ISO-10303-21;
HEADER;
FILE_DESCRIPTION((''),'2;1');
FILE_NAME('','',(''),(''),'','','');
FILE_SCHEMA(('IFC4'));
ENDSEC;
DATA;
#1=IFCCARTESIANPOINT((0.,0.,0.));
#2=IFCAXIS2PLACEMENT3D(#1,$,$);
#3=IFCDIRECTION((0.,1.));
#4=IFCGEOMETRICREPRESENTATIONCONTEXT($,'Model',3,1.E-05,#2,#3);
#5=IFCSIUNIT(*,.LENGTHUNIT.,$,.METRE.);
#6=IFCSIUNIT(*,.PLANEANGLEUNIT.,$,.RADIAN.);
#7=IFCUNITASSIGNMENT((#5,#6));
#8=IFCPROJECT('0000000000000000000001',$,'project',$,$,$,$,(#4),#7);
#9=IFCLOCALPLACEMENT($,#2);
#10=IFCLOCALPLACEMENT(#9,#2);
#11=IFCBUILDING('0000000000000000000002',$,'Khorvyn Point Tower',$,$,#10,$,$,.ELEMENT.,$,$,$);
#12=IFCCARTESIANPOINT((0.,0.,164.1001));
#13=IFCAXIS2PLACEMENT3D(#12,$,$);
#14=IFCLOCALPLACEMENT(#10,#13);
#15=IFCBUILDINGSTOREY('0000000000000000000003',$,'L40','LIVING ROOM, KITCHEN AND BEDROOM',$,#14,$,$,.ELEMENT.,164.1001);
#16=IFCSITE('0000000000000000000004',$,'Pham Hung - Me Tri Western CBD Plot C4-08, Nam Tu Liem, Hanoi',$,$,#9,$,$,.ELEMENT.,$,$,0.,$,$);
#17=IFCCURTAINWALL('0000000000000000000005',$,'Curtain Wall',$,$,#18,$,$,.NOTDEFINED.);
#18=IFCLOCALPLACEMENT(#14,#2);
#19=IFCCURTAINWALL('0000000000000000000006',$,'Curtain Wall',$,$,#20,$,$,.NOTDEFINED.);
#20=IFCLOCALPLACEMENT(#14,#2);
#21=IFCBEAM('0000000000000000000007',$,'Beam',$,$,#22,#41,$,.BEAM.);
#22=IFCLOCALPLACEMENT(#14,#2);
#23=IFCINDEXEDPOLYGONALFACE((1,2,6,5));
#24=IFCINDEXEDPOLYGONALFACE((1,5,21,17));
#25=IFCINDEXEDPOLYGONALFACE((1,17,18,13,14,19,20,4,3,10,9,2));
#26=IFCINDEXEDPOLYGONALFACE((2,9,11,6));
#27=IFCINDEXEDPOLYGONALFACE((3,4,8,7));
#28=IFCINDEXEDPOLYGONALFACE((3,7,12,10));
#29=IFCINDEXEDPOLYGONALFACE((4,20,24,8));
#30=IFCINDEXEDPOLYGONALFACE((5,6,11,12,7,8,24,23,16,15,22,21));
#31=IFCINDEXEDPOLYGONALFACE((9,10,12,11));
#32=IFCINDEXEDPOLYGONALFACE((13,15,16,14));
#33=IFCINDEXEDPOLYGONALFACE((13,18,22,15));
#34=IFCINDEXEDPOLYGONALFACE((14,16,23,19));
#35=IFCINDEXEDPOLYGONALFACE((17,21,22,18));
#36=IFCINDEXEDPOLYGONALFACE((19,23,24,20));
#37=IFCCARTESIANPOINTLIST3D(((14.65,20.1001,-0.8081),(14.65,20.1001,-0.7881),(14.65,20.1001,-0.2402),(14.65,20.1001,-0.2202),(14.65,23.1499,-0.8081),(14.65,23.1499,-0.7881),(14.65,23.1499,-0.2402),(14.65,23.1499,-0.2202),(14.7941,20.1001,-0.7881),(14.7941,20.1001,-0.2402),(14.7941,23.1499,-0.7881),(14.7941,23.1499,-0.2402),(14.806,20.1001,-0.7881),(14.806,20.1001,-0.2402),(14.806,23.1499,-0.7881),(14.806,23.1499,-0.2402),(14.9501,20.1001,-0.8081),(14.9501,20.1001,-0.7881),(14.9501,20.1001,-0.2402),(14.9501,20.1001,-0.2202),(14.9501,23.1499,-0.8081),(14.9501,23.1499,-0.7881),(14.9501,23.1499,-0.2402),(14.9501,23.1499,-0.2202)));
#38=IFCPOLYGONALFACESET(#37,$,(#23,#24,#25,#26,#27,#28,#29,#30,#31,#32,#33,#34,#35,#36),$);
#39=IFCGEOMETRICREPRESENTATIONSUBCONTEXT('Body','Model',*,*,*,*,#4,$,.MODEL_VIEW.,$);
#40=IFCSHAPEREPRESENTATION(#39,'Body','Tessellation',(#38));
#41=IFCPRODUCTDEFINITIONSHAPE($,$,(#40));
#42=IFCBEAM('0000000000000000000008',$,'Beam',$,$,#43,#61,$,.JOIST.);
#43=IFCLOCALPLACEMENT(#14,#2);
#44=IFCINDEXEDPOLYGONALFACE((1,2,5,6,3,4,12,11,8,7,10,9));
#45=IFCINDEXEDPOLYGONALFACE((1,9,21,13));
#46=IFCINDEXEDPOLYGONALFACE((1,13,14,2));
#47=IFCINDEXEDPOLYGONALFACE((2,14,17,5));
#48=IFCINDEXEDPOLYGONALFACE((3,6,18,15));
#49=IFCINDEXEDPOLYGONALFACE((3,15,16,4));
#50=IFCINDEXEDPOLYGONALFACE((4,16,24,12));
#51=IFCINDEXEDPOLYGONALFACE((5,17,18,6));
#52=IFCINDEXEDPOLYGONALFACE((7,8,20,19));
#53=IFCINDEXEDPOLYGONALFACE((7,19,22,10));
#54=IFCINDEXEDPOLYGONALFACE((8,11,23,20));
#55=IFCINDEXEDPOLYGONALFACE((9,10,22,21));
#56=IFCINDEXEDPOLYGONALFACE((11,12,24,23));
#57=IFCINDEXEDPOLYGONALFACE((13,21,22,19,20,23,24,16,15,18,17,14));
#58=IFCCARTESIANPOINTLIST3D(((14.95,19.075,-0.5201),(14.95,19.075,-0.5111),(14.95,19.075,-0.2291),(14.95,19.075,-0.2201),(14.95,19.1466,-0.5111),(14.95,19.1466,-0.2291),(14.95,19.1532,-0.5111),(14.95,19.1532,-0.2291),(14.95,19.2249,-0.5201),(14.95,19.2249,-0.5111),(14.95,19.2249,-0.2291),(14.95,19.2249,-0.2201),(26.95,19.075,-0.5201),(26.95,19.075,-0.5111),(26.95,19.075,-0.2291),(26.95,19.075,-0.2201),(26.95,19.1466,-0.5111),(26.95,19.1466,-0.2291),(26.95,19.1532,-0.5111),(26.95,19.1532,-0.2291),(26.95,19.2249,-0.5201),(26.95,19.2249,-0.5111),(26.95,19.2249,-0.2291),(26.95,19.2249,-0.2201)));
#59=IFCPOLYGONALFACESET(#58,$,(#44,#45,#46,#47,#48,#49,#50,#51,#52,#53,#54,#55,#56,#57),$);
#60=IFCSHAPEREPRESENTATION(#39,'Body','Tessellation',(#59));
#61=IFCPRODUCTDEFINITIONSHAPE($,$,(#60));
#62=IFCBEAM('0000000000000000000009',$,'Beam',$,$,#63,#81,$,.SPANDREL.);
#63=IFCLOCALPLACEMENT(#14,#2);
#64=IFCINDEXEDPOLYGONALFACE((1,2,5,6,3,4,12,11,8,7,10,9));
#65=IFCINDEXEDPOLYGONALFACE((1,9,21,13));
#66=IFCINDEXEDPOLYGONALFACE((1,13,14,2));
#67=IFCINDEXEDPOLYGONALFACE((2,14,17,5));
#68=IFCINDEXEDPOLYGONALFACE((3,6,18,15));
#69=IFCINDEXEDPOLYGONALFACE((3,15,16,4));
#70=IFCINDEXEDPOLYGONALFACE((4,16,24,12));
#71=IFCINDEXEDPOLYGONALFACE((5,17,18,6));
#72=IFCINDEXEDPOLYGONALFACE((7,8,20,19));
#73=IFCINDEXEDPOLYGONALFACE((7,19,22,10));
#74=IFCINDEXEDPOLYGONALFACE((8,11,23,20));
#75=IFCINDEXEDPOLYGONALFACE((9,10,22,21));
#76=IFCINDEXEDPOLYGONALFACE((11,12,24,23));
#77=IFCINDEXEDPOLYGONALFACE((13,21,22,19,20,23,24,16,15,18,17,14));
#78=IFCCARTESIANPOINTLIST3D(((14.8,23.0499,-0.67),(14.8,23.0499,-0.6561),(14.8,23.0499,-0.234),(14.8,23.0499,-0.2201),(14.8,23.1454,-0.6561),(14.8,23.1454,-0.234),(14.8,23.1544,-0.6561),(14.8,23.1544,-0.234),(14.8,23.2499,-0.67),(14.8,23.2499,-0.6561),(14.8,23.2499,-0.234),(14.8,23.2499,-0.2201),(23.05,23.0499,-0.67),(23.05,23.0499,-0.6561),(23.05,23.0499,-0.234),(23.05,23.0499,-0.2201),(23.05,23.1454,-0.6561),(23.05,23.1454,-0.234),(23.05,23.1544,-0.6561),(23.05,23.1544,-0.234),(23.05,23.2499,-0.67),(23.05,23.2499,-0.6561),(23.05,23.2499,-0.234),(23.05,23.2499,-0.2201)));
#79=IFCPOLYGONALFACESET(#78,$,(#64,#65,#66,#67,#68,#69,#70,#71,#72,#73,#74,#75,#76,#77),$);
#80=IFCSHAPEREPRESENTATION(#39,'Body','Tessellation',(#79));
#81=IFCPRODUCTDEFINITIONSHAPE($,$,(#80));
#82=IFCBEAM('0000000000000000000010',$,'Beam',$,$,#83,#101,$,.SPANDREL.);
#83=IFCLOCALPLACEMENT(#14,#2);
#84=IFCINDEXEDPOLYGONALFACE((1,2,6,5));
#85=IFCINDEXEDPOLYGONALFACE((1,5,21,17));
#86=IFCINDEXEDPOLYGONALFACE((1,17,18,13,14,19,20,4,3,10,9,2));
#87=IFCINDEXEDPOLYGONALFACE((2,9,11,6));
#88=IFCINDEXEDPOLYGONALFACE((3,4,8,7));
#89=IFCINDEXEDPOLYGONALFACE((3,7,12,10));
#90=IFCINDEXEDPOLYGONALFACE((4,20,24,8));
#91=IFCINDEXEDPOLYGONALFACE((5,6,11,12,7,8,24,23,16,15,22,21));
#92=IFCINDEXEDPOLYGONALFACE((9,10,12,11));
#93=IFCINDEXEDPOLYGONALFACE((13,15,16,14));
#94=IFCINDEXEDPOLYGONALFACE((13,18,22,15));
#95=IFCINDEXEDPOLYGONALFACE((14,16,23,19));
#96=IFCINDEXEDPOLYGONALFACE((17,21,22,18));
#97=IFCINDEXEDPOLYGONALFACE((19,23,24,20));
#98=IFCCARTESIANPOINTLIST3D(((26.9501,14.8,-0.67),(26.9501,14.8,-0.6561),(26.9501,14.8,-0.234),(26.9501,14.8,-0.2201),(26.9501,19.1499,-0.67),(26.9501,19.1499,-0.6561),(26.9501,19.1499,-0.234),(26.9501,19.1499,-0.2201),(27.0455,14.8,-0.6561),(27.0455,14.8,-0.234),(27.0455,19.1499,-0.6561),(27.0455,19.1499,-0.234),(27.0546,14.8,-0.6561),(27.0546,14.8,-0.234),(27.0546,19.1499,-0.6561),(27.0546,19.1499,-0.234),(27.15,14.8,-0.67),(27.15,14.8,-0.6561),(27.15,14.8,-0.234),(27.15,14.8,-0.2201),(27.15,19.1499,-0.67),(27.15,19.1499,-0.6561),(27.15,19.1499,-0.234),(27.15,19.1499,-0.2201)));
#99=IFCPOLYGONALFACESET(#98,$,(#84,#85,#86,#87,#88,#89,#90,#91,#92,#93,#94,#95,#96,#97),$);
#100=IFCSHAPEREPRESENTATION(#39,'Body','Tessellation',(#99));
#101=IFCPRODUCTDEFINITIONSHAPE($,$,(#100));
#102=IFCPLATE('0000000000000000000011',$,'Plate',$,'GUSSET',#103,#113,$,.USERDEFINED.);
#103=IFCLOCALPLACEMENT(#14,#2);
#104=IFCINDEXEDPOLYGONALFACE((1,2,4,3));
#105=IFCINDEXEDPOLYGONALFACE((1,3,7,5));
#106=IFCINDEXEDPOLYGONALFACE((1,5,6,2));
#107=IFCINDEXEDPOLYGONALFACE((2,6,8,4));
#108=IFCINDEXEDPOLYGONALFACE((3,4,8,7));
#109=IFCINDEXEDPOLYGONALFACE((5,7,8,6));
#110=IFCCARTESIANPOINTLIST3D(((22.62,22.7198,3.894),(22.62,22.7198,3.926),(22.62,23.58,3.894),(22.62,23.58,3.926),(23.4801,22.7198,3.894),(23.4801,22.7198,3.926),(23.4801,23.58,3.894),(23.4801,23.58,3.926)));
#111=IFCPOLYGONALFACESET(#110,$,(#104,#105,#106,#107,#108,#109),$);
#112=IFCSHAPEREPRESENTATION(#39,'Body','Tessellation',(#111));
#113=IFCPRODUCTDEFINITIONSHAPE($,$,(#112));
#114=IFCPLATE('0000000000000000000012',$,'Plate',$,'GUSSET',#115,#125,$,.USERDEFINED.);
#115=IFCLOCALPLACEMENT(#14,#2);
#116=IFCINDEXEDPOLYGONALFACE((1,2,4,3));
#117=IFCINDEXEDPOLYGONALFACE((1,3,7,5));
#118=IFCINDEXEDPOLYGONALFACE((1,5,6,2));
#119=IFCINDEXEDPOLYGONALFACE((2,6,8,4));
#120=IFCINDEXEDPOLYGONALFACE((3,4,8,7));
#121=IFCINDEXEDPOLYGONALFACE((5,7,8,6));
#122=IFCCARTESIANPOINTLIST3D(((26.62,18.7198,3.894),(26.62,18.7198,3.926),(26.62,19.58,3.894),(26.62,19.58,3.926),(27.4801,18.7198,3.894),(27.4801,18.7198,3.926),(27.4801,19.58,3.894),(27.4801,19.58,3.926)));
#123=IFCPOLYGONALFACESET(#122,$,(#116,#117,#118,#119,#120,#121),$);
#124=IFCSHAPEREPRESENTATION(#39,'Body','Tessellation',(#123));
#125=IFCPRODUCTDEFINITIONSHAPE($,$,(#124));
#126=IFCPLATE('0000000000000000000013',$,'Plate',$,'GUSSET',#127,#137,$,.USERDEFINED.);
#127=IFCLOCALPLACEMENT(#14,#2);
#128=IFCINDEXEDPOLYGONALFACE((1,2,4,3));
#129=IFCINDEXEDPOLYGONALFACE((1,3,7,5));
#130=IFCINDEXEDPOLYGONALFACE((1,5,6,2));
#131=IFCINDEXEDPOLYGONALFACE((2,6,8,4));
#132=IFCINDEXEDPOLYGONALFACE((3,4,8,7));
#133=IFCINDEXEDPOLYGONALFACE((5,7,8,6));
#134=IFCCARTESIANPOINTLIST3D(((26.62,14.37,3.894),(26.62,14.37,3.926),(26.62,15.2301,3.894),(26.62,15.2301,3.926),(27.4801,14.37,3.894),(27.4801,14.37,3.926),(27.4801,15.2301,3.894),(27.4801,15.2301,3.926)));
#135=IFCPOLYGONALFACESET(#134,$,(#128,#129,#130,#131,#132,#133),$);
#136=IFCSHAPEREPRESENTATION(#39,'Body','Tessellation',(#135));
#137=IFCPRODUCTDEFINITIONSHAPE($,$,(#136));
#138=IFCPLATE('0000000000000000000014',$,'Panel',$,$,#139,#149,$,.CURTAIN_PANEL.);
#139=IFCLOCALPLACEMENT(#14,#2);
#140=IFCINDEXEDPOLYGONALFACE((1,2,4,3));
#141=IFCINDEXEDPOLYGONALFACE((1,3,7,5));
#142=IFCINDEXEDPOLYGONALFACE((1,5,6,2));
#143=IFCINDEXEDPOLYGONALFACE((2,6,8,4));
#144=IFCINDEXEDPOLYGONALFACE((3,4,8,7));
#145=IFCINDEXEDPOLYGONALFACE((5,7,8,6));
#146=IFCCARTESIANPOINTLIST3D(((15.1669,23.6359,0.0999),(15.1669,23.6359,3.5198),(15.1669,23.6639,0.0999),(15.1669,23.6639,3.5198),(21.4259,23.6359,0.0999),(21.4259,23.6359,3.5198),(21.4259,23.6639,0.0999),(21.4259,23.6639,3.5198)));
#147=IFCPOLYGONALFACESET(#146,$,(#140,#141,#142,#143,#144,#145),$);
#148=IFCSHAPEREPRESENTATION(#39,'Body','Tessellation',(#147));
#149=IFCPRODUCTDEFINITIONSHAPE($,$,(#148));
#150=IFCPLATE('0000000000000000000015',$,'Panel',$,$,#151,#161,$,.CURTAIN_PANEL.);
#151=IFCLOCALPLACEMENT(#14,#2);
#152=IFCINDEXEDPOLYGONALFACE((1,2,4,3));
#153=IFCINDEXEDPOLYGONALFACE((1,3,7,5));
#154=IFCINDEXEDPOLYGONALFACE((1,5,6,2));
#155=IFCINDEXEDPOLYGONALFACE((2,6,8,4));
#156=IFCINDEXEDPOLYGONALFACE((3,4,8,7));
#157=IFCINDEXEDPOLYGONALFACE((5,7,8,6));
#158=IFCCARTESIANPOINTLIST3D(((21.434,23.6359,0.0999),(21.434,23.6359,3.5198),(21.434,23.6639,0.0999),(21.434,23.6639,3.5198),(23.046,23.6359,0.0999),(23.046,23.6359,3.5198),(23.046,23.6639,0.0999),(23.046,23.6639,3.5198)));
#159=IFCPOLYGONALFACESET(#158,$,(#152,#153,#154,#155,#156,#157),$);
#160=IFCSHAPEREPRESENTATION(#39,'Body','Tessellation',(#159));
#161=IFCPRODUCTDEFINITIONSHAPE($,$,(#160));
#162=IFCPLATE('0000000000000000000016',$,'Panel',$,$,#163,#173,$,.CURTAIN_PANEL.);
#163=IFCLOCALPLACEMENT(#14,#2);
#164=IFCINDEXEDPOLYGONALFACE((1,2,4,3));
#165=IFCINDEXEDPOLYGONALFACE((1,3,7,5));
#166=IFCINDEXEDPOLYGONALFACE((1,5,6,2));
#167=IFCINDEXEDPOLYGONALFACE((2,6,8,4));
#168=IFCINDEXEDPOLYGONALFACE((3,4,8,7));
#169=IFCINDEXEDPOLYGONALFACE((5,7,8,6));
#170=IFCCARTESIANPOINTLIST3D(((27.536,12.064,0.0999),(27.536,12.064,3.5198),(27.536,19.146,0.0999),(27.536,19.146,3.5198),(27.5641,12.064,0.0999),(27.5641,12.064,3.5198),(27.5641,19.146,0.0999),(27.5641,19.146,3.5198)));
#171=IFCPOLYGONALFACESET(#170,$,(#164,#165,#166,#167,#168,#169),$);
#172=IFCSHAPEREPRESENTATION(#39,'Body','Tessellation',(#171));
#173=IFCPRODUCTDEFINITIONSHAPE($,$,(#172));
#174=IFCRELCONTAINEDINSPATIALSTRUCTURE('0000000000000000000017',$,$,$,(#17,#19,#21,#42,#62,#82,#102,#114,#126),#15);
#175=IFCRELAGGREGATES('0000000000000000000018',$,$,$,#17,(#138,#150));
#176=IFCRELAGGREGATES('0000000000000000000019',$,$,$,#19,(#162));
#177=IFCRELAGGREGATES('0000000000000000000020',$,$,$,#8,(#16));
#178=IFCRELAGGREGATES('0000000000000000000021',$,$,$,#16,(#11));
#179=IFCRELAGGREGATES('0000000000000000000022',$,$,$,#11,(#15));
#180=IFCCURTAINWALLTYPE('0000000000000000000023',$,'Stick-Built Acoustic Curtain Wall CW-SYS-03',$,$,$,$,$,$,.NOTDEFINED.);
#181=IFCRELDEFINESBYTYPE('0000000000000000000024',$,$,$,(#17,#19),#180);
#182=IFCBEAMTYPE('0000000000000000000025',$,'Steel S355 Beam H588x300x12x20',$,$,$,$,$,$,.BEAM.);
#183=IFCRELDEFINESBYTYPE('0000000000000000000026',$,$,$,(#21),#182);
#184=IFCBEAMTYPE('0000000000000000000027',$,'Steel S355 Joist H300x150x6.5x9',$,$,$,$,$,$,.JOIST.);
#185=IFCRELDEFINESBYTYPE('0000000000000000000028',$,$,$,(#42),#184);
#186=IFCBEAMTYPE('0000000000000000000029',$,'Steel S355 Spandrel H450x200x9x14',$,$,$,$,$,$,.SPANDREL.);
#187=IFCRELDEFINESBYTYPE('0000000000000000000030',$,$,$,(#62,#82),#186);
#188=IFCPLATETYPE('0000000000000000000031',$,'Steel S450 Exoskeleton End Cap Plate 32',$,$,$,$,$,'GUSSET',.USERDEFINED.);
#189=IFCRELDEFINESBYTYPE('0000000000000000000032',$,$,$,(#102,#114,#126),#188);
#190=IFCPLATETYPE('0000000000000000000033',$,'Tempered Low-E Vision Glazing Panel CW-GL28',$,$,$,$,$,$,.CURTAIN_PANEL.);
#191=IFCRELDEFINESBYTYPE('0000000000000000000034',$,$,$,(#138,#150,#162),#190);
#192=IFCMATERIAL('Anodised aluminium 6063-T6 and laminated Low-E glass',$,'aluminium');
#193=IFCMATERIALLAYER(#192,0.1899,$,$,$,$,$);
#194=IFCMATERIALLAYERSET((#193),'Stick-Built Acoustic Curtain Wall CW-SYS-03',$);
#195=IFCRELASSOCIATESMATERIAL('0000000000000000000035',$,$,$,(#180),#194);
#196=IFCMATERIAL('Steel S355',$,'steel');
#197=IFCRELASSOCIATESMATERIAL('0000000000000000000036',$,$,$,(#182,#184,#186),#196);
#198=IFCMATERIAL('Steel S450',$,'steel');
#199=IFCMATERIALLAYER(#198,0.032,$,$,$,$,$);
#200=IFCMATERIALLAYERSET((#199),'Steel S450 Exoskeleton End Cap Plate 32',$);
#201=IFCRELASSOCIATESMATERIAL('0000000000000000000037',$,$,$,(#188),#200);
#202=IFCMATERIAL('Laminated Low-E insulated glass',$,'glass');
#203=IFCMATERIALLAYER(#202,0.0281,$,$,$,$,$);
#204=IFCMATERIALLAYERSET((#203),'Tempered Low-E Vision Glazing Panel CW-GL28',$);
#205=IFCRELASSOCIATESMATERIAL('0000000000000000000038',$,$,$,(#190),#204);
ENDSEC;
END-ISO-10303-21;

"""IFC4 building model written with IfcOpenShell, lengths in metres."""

from ifc_helpers import new_model, si_unit, direction, frame, origin, origin_2d, place, context, subcontext, project, spatial, rectangle, i_section, extrude, material, layer, layer_set, material_profile, profile_set, type_object, element, aggregate, save


model = new_model("IFC4")

# Units and contexts
model_context = context("Model", 3, precision=1e-05, world=origin(), true_north=direction((0.0, 1.0)))
body_context = subcontext(model_context, "Body", "Model", "MODEL_VIEW")
ifc_project = project(units=[si_unit("LENGTHUNIT", "METRE"), si_unit("PLANEANGLEUNIT", "RADIAN")], contexts=[model_context])

# Site, building, storey
site_placement = place(None, origin())
site = spatial("IfcSite", under=ifc_project, at=site_placement, Name="Pham Hung - Me Tri Western CBD Plot C4-08, Nam Tu Liem, Hanoi", CompositionType="ELEMENT", RefElevation=0.0)
building_placement = place(site_placement, origin())
building = spatial("IfcBuilding", under=site, at=building_placement, Name="Khorvyn Point Tower", CompositionType="ELEMENT")
storey_placement = place(building_placement, frame((0.0, 0.0, 164.1001)))
storey = spatial("IfcBuildingStorey", under=building, at=storey_placement, Name="L40", Description="LIVING ROOM, KITCHEN AND BEDROOM", CompositionType="ELEMENT", Elevation=164.1001)

# Shared definitions
ifc_material_1 = material(Name="Steel S450", Category="steel")

# Curtain wall
ifc_material_2 = material(Name="Anodised aluminium 6063-T6 and laminated Low-E glass", Category="aluminium")
ifc_layer_1 = layer(ifc_material_2, 0.1899)
ifc_layer_set_1 = layer_set([ifc_layer_1], Name="Stick-Built Acoustic Curtain Wall CW-SYS-03")
curtain_wall_type = type_object("IfcCurtainWallType", Name="Stick-Built Acoustic Curtain Wall CW-SYS-03", PredefinedType="NOTDEFINED", material=ifc_layer_set_1)
curtain_wall_1_placement = place(storey_placement, origin())
curtain_wall_1 = element("IfcCurtainWall", 1, at=curtain_wall_1_placement, inside=storey, type_object=curtain_wall_type, Name="Curtain Wall", PredefinedType="NOTDEFINED")

# Curtain wall
curtain_wall_2_placement = place(storey_placement, origin())
curtain_wall_2 = element("IfcCurtainWall", 2, at=curtain_wall_2_placement, inside=storey, type_object=curtain_wall_type, Name="Curtain Wall", PredefinedType="NOTDEFINED")

# Beams
ifc_material_3 = material(Name="Steel S355", Category="steel")
ifc_material_profile_1 = material_profile(ifc_material_3, i_section(OverallWidth=0.3, OverallDepth=0.5879, WebThickness=0.012, FlangeThickness=0.02, at=origin_2d()))
ifc_profile_set_1 = profile_set([ifc_material_profile_1], Name="Steel S355 H588x300x12x20")
beam_type_1 = type_object("IfcBeamType", Name="Steel S355 Beam H588x300x12x20", PredefinedType="BEAM", material=ifc_profile_set_1)
beam_1_placement = place(storey_placement, frame((14.8, 20.1001, -0.5142), z_axis=(0.0, 1.0, 0.0), x_axis=(-1.0, 0.0, 0.0)))
element("IfcBeam", 3, at=beam_1_placement, inside=storey, type_object=beam_type_1, Name="Beam", PredefinedType="BEAM", context=body_context, shape_type="SweptSolid", body=[
    extrude(i_section(OverallWidth=0.3, OverallDepth=0.5879, WebThickness=0.012, FlangeThickness=0.02, at=origin_2d()), origin(), (0.0, 0.0, 1.0), 3.0498),
])
ifc_material_profile_2 = material_profile(ifc_material_3, i_section(OverallWidth=0.1499, OverallDepth=0.3, WebThickness=0.0066, FlangeThickness=0.009, at=origin_2d()))
ifc_profile_set_2 = profile_set([ifc_material_profile_2], Name="Steel S355 H300x150x6.5x9")
beam_type_2 = type_object("IfcBeamType", Name="Steel S355 Joist H300x150x6.5x9", PredefinedType="JOIST", material=ifc_profile_set_2)
beam_2_placement = place(storey_placement, frame((14.95, 19.1499, -0.3701), z_axis=(1.0, 0.0, 0.0), x_axis=(0.0, 1.0, 0.0)))
element("IfcBeam", 4, at=beam_2_placement, inside=storey, type_object=beam_type_2, Name="Beam", PredefinedType="JOIST", context=body_context, shape_type="SweptSolid", body=[
    extrude(i_section(OverallWidth=0.1499, OverallDepth=0.3, WebThickness=0.0066, FlangeThickness=0.009, at=origin_2d()), origin(), (0.0, 0.0, 1.0), 12.0),
])
ifc_material_profile_3 = material_profile(ifc_material_3, i_section(OverallWidth=0.2, OverallDepth=0.45, WebThickness=0.009, FlangeThickness=0.0139, at=origin_2d()))
ifc_profile_set_3 = profile_set([ifc_material_profile_3], Name="Steel S355 H450x200x9x14")
beam_type_3 = type_object("IfcBeamType", Name="Steel S355 Spandrel H450x200x9x14", PredefinedType="SPANDREL", material=ifc_profile_set_3)
beam_3_placement = place(storey_placement, frame((14.8, 23.1499, -0.4451), z_axis=(1.0, 0.0, 0.0), x_axis=(0.0, 1.0, 0.0)))
element("IfcBeam", 5, at=beam_3_placement, inside=storey, type_object=beam_type_3, Name="Beam", PredefinedType="SPANDREL", context=body_context, shape_type="SweptSolid", body=[
    extrude(i_section(OverallWidth=0.2, OverallDepth=0.45, WebThickness=0.009, FlangeThickness=0.0139, at=origin_2d()), origin(), (0.0, 0.0, 1.0), 8.25),
])
beam_4_placement = place(storey_placement, frame((27.05, 14.8, -0.4451), z_axis=(0.0, 1.0, 0.0), x_axis=(-1.0, 0.0, 0.0)))
element("IfcBeam", 6, at=beam_4_placement, inside=storey, type_object=beam_type_3, Name="Beam", PredefinedType="SPANDREL", context=body_context, shape_type="SweptSolid", body=[
    extrude(i_section(OverallWidth=0.2, OverallDepth=0.45, WebThickness=0.009, FlangeThickness=0.0139, at=origin_2d()), origin(), (0.0, 0.0, 1.0), 4.3499),
])

# Plates
ifc_layer_2 = layer(ifc_material_1, 0.032)
ifc_layer_set_2 = layer_set([ifc_layer_2], Name="Steel S450 Exoskeleton End Cap Plate 32")
plate_type_1 = type_object("IfcPlateType", Name="Steel S450 Exoskeleton End Cap Plate 32", ElementType="GUSSET", PredefinedType="USERDEFINED", material=ifc_layer_set_2)
for number, where, z_axis, x_axis, name in (
    (7, (23.05, 23.1499, 3.894), (0.0, 0.0, 1.0), (1.0, 0.0, 0.0), "Plate"),
    (8, (27.05, 19.1499, 3.894), (0.0, 0.0, 1.0), (1.0, 0.0, 0.0), "Plate"),
    (9, (27.05, 14.8, 3.894), (0.0, 0.0, 1.0), (1.0, 0.0, 0.0), "Plate"),
):
    element("IfcPlate", number, at=place(storey_placement, frame(where, z_axis=z_axis, x_axis=x_axis)), inside=storey, type_object=plate_type_1, Name=name, ObjectType="GUSSET", PredefinedType="USERDEFINED", context=body_context, shape_type="SweptSolid", body=[
        extrude(rectangle(XDim=0.8601, YDim=0.8601, at=origin_2d()), origin(), (0.0, 0.0, 1.0), 0.032),
    ])

# Plates
ifc_material_4 = material(Name="Laminated Low-E insulated glass", Category="glass")
ifc_layer_3 = layer(ifc_material_4, 0.0281)
ifc_layer_set_3 = layer_set([ifc_layer_3], Name="Tempered Low-E Vision Glazing Panel CW-GL28")
plate_type_2 = type_object("IfcPlateType", Name="Tempered Low-E Vision Glazing Panel CW-GL28", PredefinedType="CURTAIN_PANEL", material=ifc_layer_set_3)
plate_1_placement = place(storey_placement, frame((18.2964, 23.6499, 0.0999), z_axis=(0.0, 0.0, 1.0), x_axis=(1.0, 0.0, 0.0)))
plate_1 = element("IfcPlate", 10, at=plate_1_placement, type_object=plate_type_2, Name="Panel", PredefinedType="CURTAIN_PANEL", context=body_context, shape_type="SweptSolid", body=[
    extrude(rectangle(XDim=6.259, YDim=0.0281, at=origin_2d()), origin(), (0.0, 0.0, 1.0), 3.4199),
])
plate_2_placement = place(storey_placement, frame((22.24, 23.6499, 0.0999), z_axis=(0.0, 0.0, 1.0), x_axis=(1.0, 0.0, 0.0)))
plate_2 = element("IfcPlate", 11, at=plate_2_placement, type_object=plate_type_2, Name="Panel", PredefinedType="CURTAIN_PANEL", context=body_context, shape_type="SweptSolid", body=[
    extrude(rectangle(XDim=1.6121, YDim=0.0281, at=origin_2d()), origin(), (0.0, 0.0, 1.0), 3.4199),
])
aggregate(curtain_wall_1, [plate_1, plate_2])
plate_3_placement = place(storey_placement, frame((27.55, 15.605, 0.0999), z_axis=(0.0, 0.0, 1.0), x_axis=(0.0, -1.0, 0.0)))
plate_3 = element("IfcPlate", 12, at=plate_3_placement, type_object=plate_type_2, Name="Panel", PredefinedType="CURTAIN_PANEL", context=body_context, shape_type="SweptSolid", body=[
    extrude(rectangle(XDim=7.082, YDim=0.0281, at=origin_2d()), origin(), (0.0, 0.0, 1.0), 3.4199),
])
aggregate(curtain_wall_2, [plate_3])

save(model, "model.ifc")
